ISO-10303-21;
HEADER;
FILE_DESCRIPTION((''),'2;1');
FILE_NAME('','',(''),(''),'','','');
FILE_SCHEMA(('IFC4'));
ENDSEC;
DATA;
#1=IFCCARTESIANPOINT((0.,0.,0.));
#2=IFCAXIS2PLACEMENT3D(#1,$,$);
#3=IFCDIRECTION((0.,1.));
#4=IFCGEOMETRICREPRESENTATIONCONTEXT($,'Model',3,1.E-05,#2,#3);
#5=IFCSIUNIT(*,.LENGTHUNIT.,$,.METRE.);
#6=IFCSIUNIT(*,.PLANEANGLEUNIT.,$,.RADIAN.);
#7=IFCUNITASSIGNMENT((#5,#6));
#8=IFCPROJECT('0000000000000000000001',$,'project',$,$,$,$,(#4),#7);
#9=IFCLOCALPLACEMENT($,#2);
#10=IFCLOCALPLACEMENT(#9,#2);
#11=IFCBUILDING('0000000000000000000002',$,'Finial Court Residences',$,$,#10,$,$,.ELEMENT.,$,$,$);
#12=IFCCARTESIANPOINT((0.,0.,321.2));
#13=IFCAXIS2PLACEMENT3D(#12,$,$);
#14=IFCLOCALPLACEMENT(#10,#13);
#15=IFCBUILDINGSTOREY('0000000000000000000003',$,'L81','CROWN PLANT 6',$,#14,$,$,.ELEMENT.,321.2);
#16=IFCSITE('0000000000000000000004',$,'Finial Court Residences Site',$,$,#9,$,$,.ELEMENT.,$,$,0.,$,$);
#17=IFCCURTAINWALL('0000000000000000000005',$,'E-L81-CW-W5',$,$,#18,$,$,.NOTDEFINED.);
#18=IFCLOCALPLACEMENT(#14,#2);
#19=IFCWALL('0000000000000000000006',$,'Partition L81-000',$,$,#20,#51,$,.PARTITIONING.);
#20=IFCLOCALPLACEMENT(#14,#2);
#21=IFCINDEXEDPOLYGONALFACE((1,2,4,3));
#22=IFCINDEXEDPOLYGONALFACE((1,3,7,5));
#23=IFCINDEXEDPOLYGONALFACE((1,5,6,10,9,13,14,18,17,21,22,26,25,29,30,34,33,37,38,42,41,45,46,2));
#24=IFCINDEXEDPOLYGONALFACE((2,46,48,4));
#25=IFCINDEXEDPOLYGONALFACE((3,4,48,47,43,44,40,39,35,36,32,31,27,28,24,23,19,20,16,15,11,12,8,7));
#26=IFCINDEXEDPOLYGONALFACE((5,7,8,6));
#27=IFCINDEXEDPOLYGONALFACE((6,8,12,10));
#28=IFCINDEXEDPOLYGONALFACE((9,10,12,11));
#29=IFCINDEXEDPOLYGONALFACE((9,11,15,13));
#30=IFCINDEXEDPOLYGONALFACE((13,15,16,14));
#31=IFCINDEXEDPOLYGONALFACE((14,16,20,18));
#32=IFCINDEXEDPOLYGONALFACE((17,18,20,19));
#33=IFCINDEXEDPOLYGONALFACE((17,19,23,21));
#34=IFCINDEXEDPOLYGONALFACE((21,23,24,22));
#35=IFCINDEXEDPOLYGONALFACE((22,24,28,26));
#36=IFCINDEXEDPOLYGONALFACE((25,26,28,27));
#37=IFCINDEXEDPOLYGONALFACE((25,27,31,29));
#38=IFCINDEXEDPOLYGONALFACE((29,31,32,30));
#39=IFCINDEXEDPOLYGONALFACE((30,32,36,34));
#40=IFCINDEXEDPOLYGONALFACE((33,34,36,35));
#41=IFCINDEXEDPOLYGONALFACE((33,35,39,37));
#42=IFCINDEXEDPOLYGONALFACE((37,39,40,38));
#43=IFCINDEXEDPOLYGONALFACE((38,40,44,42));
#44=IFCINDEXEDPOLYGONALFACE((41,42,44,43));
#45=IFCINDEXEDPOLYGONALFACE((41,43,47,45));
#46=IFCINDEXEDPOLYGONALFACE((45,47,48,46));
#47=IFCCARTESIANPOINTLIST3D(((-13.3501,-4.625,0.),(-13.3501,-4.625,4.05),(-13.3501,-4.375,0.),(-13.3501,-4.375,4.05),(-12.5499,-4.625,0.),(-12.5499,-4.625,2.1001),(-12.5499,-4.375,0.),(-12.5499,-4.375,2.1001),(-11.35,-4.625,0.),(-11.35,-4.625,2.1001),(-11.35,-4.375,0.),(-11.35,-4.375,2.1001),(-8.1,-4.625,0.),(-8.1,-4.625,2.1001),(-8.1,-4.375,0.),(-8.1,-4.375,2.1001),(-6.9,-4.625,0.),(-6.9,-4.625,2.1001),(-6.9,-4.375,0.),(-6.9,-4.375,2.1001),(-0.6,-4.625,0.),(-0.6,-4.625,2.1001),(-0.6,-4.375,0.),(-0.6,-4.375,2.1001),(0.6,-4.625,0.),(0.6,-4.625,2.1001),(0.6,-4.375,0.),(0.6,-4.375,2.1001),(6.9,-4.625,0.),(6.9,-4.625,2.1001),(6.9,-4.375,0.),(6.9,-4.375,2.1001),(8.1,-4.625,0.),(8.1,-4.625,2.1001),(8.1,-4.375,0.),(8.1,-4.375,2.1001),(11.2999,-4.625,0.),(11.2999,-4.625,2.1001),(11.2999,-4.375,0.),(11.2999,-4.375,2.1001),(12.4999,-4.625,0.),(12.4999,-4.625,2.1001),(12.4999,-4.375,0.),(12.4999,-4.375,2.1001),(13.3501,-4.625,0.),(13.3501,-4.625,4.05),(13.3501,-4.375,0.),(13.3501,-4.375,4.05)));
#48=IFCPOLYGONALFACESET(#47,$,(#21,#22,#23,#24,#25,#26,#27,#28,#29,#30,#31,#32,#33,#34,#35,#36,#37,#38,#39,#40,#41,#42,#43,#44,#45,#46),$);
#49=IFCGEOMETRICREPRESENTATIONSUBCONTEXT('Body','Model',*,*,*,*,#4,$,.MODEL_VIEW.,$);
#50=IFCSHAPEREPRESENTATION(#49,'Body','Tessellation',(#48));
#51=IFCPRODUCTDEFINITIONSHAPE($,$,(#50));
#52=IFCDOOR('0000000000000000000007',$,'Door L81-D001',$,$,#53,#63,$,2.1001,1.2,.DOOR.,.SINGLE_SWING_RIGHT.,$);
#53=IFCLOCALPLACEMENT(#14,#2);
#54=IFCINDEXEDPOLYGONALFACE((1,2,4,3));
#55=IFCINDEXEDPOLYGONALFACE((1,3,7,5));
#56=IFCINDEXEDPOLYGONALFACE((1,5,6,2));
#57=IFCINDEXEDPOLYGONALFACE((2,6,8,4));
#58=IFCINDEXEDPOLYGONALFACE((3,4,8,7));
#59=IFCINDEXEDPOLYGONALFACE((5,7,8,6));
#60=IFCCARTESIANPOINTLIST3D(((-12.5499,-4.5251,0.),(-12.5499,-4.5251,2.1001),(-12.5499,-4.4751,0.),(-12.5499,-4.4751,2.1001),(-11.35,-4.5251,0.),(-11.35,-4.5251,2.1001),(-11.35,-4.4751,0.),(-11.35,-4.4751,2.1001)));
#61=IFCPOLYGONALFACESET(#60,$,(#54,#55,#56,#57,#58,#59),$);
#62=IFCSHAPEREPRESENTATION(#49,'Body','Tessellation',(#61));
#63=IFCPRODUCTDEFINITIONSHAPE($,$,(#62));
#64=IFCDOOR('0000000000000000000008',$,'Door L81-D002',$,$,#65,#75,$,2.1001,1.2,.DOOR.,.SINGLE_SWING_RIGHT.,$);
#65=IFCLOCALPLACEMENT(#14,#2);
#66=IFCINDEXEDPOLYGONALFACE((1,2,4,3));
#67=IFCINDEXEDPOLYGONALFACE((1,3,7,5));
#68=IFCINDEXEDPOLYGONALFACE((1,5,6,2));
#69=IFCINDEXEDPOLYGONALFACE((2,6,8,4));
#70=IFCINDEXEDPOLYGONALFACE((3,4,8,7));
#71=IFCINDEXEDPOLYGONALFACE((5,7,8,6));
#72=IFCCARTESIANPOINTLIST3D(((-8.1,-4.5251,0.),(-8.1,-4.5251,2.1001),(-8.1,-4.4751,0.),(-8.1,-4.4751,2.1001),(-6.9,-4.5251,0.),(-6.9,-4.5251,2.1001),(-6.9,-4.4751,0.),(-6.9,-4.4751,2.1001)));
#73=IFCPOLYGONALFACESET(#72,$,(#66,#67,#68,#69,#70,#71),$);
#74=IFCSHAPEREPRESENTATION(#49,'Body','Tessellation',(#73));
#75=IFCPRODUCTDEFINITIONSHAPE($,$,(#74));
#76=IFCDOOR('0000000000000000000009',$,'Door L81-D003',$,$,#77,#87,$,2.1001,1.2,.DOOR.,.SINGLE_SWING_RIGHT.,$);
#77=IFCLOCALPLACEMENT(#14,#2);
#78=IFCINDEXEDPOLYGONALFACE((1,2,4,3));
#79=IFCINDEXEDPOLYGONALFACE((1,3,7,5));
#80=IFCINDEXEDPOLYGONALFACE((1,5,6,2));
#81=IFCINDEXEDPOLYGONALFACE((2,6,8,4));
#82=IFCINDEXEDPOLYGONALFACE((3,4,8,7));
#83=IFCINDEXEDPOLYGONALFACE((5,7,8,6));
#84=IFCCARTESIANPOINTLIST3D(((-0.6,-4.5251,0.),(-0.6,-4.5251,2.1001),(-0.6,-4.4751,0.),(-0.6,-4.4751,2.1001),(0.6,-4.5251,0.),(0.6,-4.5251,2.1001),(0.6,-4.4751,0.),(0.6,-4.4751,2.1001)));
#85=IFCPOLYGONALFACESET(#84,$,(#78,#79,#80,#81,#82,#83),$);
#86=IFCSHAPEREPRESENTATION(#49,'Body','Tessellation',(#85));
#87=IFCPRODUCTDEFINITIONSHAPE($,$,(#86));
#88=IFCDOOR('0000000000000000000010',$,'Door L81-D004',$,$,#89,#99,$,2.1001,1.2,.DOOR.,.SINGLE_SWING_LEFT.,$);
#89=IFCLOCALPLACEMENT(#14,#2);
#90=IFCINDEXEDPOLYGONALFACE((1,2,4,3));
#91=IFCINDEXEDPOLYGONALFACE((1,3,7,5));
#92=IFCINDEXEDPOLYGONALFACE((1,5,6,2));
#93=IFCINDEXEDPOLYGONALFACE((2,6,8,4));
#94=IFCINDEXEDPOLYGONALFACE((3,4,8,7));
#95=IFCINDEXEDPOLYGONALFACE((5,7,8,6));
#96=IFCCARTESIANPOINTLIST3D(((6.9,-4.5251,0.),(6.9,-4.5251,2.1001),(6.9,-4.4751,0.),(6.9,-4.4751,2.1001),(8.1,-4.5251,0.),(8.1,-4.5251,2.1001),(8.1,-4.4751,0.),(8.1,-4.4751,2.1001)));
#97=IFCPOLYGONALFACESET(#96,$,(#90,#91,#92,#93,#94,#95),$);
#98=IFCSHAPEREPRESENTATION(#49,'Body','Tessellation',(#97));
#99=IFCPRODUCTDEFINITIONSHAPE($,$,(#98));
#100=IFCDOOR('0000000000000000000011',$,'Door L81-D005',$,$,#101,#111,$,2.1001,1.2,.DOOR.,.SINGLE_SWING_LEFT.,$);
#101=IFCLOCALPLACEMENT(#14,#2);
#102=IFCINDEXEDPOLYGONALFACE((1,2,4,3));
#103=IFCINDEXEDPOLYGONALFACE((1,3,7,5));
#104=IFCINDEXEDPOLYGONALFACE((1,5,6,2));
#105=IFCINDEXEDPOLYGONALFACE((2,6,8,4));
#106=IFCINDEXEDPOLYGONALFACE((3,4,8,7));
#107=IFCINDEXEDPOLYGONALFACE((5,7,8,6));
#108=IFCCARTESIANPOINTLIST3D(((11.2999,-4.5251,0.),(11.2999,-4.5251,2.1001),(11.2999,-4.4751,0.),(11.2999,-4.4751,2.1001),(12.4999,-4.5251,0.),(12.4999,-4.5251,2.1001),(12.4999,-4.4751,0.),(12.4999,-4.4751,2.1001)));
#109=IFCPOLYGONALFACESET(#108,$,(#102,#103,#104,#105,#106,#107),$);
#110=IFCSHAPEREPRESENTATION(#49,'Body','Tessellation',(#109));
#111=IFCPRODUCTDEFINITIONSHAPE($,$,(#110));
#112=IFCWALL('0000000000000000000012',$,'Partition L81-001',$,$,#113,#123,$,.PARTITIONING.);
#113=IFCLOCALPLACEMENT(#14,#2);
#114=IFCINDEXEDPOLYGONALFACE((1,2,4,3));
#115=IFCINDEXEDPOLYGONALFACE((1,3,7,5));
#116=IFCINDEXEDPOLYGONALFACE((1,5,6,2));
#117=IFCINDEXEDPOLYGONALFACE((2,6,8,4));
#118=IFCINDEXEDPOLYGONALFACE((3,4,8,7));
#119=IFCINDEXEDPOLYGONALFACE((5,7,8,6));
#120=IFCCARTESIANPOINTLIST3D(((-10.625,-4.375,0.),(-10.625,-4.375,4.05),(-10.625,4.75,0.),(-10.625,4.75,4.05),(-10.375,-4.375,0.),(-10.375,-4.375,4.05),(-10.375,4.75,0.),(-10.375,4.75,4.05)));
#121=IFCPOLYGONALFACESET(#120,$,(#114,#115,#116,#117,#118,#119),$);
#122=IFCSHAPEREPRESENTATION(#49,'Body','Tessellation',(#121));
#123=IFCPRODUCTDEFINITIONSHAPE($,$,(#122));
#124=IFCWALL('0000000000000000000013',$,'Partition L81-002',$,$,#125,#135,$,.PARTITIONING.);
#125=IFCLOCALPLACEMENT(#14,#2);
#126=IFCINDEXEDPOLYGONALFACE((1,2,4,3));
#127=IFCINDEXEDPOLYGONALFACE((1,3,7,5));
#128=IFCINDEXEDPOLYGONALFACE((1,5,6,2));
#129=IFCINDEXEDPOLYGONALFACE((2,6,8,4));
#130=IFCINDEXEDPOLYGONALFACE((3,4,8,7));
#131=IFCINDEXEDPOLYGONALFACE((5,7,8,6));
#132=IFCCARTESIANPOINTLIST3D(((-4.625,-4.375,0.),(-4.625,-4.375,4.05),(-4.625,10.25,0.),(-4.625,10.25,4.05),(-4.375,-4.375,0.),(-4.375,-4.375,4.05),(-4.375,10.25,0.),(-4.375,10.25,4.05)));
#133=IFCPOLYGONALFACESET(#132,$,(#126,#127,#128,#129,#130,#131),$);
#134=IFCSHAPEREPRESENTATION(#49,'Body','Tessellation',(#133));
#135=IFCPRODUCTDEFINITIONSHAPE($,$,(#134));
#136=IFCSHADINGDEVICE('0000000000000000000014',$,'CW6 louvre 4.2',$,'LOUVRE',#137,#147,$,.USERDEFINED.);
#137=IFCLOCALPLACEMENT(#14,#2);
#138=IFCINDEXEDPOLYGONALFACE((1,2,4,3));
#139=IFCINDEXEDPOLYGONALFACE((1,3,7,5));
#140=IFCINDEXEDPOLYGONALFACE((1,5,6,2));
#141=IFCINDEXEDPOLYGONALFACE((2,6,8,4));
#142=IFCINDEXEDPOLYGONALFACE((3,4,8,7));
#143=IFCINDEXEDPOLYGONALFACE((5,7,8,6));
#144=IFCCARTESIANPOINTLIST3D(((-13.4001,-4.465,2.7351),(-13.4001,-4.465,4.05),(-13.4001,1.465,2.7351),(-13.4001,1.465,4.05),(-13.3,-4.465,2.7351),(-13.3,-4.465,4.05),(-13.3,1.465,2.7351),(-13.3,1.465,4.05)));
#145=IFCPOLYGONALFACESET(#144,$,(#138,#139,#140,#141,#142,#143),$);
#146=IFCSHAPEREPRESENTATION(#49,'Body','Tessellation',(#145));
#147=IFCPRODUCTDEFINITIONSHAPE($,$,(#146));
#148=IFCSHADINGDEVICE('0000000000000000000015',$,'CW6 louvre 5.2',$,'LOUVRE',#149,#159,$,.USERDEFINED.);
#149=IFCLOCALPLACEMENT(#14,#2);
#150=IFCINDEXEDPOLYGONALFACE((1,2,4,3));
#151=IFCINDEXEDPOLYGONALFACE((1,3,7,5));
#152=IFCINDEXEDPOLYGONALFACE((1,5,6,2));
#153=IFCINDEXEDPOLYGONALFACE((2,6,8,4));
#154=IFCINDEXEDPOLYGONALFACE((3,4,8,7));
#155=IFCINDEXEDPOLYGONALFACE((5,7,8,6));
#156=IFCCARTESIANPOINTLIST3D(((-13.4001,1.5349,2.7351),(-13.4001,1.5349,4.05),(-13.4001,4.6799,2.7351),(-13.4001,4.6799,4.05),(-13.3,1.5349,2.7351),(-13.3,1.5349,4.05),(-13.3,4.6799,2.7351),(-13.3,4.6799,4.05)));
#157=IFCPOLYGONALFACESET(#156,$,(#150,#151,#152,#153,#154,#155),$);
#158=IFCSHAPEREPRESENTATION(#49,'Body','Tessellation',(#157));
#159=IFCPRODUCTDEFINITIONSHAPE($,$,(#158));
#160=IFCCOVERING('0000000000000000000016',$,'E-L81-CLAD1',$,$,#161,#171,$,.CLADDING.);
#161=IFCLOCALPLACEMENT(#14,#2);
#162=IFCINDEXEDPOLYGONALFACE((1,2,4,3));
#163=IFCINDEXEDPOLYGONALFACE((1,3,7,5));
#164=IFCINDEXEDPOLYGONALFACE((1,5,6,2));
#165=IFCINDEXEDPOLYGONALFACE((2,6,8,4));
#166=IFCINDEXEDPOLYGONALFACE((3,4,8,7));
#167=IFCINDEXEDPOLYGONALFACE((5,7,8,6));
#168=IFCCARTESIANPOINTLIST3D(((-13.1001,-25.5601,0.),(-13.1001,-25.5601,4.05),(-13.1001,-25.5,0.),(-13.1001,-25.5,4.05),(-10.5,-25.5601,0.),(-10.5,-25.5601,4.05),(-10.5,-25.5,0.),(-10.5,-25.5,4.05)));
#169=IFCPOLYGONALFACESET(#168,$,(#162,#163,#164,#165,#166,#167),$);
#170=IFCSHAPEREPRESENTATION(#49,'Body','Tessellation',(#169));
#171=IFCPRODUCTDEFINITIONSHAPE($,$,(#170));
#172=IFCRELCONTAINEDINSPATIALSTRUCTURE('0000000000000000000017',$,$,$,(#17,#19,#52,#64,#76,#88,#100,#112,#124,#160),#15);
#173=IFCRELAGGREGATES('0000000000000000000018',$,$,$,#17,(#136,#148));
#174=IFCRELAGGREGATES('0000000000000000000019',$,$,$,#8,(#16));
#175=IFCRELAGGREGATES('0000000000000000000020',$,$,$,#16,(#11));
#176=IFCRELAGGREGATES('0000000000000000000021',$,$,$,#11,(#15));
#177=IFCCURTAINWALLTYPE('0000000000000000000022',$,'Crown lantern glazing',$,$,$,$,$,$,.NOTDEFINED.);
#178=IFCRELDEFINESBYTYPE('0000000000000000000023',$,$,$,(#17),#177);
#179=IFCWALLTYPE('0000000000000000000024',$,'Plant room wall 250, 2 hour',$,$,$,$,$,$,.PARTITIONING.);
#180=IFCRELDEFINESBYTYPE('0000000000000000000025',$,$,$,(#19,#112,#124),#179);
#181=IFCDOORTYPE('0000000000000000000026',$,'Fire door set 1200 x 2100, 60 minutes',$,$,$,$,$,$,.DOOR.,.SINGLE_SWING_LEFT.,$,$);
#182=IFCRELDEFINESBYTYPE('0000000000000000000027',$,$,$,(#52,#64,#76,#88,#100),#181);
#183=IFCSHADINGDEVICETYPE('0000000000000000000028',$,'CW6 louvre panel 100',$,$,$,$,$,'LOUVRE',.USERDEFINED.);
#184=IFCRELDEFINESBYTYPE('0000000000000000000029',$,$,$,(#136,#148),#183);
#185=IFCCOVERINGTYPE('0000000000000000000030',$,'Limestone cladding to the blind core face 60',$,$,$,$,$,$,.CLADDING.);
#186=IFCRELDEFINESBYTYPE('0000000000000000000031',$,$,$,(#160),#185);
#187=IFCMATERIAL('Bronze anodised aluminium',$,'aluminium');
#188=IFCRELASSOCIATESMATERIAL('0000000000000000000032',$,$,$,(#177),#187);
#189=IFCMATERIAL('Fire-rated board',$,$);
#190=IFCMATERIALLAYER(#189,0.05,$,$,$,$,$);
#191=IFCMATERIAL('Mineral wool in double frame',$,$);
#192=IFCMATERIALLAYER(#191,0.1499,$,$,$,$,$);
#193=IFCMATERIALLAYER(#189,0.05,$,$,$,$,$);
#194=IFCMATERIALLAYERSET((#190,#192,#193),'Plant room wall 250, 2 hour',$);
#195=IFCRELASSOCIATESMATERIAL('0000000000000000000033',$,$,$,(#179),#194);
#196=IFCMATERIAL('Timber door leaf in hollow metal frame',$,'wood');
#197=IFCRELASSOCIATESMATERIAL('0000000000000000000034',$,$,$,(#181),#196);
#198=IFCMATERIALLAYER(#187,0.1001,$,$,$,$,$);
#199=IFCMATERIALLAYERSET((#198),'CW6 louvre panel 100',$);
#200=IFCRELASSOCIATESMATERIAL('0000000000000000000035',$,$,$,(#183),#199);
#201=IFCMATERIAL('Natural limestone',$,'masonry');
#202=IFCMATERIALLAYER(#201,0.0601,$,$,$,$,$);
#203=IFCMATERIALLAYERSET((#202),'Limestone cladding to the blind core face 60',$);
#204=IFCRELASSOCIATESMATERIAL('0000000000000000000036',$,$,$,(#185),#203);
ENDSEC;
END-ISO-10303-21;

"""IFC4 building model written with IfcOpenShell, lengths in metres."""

from ifc_helpers import new_model, si_unit, direction, frame, frame_2d, origin, origin_2d, place, context, subcontext, project, spatial, polyline, rectangle, outline, extrude, material, layer, layer_set, type_object, element, fill, aggregate, save


model = new_model("IFC4")

# Units and contexts
model_context = context("Model", 3, precision=1e-05, world=origin(), true_north=direction((0.0, 1.0)))
body_context = subcontext(model_context, "Body", "Model", "MODEL_VIEW")
ifc_project = project(units=[si_unit("LENGTHUNIT", "METRE"), si_unit("PLANEANGLEUNIT", "RADIAN")], contexts=[model_context])

# Site, building, storey
site_placement = place(None, origin())
site = spatial("IfcSite", under=ifc_project, at=site_placement, Name="Finial Court Residences Site", CompositionType="ELEMENT", RefElevation=0.0)
building_placement = place(site_placement, origin())
building = spatial("IfcBuilding", under=site, at=building_placement, Name="Finial Court Residences", CompositionType="ELEMENT")
storey_placement = place(building_placement, frame((0.0, 0.0, 321.2)))
storey = spatial("IfcBuildingStorey", under=building, at=storey_placement, Name="L81", Description="CROWN PLANT 6", CompositionType="ELEMENT", Elevation=321.2)

# Curtain wall
ifc_material_1 = material(Name="Bronze anodised aluminium", Category="aluminium")
curtain_wall_type = type_object("IfcCurtainWallType", Name="Crown lantern glazing", PredefinedType="NOTDEFINED", material=ifc_material_1)
curtain_wall_placement = place(storey_placement, origin())
curtain_wall = element("IfcCurtainWall", 1, at=curtain_wall_placement, inside=storey, type_object=curtain_wall_type, Name="E-L81-CW-W5", PredefinedType="NOTDEFINED")

# Wall, openings, doors
ifc_material_2 = material(Name="Fire-rated board")
ifc_layer_1 = layer(ifc_material_2, 0.05)
ifc_material_3 = material(Name="Mineral wool in double frame")
ifc_layer_2 = layer(ifc_material_3, 0.1499)
ifc_layer_3 = layer(ifc_material_2, 0.05)
ifc_layer_set_1 = layer_set([ifc_layer_1, ifc_layer_2, ifc_layer_3], Name="Plant room wall 250, 2 hour")
wall_type = type_object("IfcWallType", Name="Plant room wall 250, 2 hour", PredefinedType="PARTITIONING", material=ifc_layer_set_1)
wall_1_placement = place(storey_placement, frame((-13.3501, -4.5, 0.0), z_axis=(0.0, 0.0, 1.0), x_axis=(1.0, 0.0, 0.0)))
wall_1 = element("IfcWall", 2, at=wall_1_placement, inside=storey, type_object=wall_type, Name="Partition L81-000", PredefinedType="PARTITIONING", context=body_context, shape_type="SweptSolid", body=[
    extrude(rectangle(XDim=26.7002, YDim=0.25, at=frame_2d((13.3501, 0.0))), origin(), (0.0, 0.0, 1.0), 4.05),
])
opening_1_placement = place(wall_1_placement, frame((0.8, 0.0, 0.0)))
opening_1 = element("IfcOpeningElement", 3, at=opening_1_placement, cuts=wall_1, PredefinedType="OPENING", context=body_context, shape_type="SweptSolid", body=[
    extrude(rectangle(XDim=1.2, YDim=2.1001, at=frame_2d((0.6001, 1.05))), frame((0.0, 0.135, 0.0), z_axis=(0.0, -1.0, 0.0), x_axis=(1.0, 0.0, 0.0)), (0.0, 0.0, 1.0), 0.27),
])
opening_2_placement = place(wall_1_placement, frame((5.25, 0.0, 0.0)))
opening_2 = element("IfcOpeningElement", 4, at=opening_2_placement, cuts=wall_1, PredefinedType="OPENING", context=body_context, shape_type="SweptSolid", body=[
    extrude(rectangle(XDim=1.2, YDim=2.1001, at=frame_2d((0.6001, 1.05))), frame((0.0, 0.135, 0.0), z_axis=(0.0, -1.0, 0.0), x_axis=(1.0, 0.0, 0.0)), (0.0, 0.0, 1.0), 0.27),
])
opening_3_placement = place(wall_1_placement, frame((12.75, 0.0, 0.0)))
opening_3 = element("IfcOpeningElement", 5, at=opening_3_placement, cuts=wall_1, PredefinedType="OPENING", context=body_context, shape_type="SweptSolid", body=[
    extrude(rectangle(XDim=1.2, YDim=2.1001, at=frame_2d((0.6001, 1.05))), frame((0.0, 0.135, 0.0), z_axis=(0.0, -1.0, 0.0), x_axis=(1.0, 0.0, 0.0)), (0.0, 0.0, 1.0), 0.27),
])
opening_4_placement = place(wall_1_placement, frame((20.25, 0.0, 0.0)))
opening_4 = element("IfcOpeningElement", 6, at=opening_4_placement, cuts=wall_1, PredefinedType="OPENING", context=body_context, shape_type="SweptSolid", body=[
    extrude(rectangle(XDim=1.2, YDim=2.1001, at=frame_2d((0.6001, 1.05))), frame((0.0, 0.135, 0.0), z_axis=(0.0, -1.0, 0.0), x_axis=(1.0, 0.0, 0.0)), (0.0, 0.0, 1.0), 0.27),
])
opening_5_placement = place(wall_1_placement, frame((24.6499, 0.0, 0.0)))
opening_5 = element("IfcOpeningElement", 7, at=opening_5_placement, cuts=wall_1, PredefinedType="OPENING", context=body_context, shape_type="SweptSolid", body=[
    extrude(rectangle(XDim=1.2, YDim=2.1001, at=frame_2d((0.6001, 1.05))), frame((0.0, 0.135, 0.0), z_axis=(0.0, -1.0, 0.0), x_axis=(1.0, 0.0, 0.0)), (0.0, 0.0, 1.0), 0.27),
])
ifc_material_4 = material(Name="Timber door leaf in hollow metal frame", Category="wood")
door_type = type_object("IfcDoorType", Name="Fire door set 1200 x 2100, 60 minutes", OperationType="SINGLE_SWING_LEFT", PredefinedType="DOOR", material=ifc_material_4)
door_1_placement = place(opening_1_placement, origin())
door_1 = element("IfcDoor", 8, at=door_1_placement, inside=storey, type_object=door_type, Name="Door L81-D001", OperationType="SINGLE_SWING_RIGHT", OverallHeight=2.1001, OverallWidth=1.2, PredefinedType="DOOR", context=body_context, shape_type="SweptSolid", body=[
    extrude(rectangle(XDim=1.2, YDim=2.1001, at=frame_2d((0.6001, 1.05))), frame((0.0, 0.0249, 0.0), z_axis=(0.0, -1.0, 0.0), x_axis=(1.0, 0.0, 0.0)), (0.0, 0.0, 1.0), 0.05),
])
fill(opening_1, door_1)
door_2_placement = place(opening_2_placement, origin())
door_2 = element("IfcDoor", 9, at=door_2_placement, inside=storey, type_object=door_type, Name="Door L81-D002", OperationType="SINGLE_SWING_RIGHT", OverallHeight=2.1001, OverallWidth=1.2, PredefinedType="DOOR", context=body_context, shape_type="SweptSolid", body=[
    extrude(rectangle(XDim=1.2, YDim=2.1001, at=frame_2d((0.6001, 1.05))), frame((0.0, 0.0249, 0.0), z_axis=(0.0, -1.0, 0.0), x_axis=(1.0, 0.0, 0.0)), (0.0, 0.0, 1.0), 0.05),
])
fill(opening_2, door_2)
door_3_placement = place(opening_3_placement, origin())
door_3 = element("IfcDoor", 10, at=door_3_placement, inside=storey, type_object=door_type, Name="Door L81-D003", OperationType="SINGLE_SWING_RIGHT", OverallHeight=2.1001, OverallWidth=1.2, PredefinedType="DOOR", context=body_context, shape_type="SweptSolid", body=[
    extrude(rectangle(XDim=1.2, YDim=2.1001, at=frame_2d((0.6001, 1.05))), frame((0.0, 0.0249, 0.0), z_axis=(0.0, -1.0, 0.0), x_axis=(1.0, 0.0, 0.0)), (0.0, 0.0, 1.0), 0.05),
])
fill(opening_3, door_3)
door_4_placement = place(opening_4_placement, origin())
door_4 = element("IfcDoor", 11, at=door_4_placement, inside=storey, type_object=door_type, Name="Door L81-D004", OperationType="SINGLE_SWING_LEFT", OverallHeight=2.1001, OverallWidth=1.2, PredefinedType="DOOR", context=body_context, shape_type="SweptSolid", body=[
    extrude(rectangle(XDim=1.2, YDim=2.1001, at=frame_2d((0.6001, 1.05))), frame((0.0, 0.0249, 0.0), z_axis=(0.0, -1.0, 0.0), x_axis=(1.0, 0.0, 0.0)), (0.0, 0.0, 1.0), 0.05),
])
fill(opening_4, door_4)
door_5_placement = place(opening_5_placement, origin())
door_5 = element("IfcDoor", 12, at=door_5_placement, inside=storey, type_object=door_type, Name="Door L81-D005", OperationType="SINGLE_SWING_LEFT", OverallHeight=2.1001, OverallWidth=1.2, PredefinedType="DOOR", context=body_context, shape_type="SweptSolid", body=[
    extrude(rectangle(XDim=1.2, YDim=2.1001, at=frame_2d((0.6001, 1.05))), frame((0.0, 0.0249, 0.0), z_axis=(0.0, -1.0, 0.0), x_axis=(1.0, 0.0, 0.0)), (0.0, 0.0, 1.0), 0.05),
])
fill(opening_5, door_5)

# Walls
wall_2_placement = place(storey_placement, frame((-10.5, -4.375, 0.0), z_axis=(0.0, 0.0, 1.0), x_axis=(0.0, 1.0, 0.0)))
element("IfcWall", 13, at=wall_2_placement, inside=storey, type_object=wall_type, Name="Partition L81-001", PredefinedType="PARTITIONING", context=body_context, shape_type="SweptSolid", body=[
    extrude(rectangle(XDim=9.125, YDim=0.25, at=frame_2d((4.5625, 0.0))), origin(), (0.0, 0.0, 1.0), 4.05),
])
wall_3_placement = place(storey_placement, frame((-4.5, -4.375, 0.0), z_axis=(0.0, 0.0, 1.0), x_axis=(0.0, 1.0, 0.0)))
element("IfcWall", 14, at=wall_3_placement, inside=storey, type_object=wall_type, Name="Partition L81-002", PredefinedType="PARTITIONING", context=body_context, shape_type="SweptSolid", body=[
    extrude(rectangle(XDim=14.625, YDim=0.25, at=frame_2d((7.3125, 0.0))), origin(), (0.0, 0.0, 1.0), 4.05),
])

# Shading devices
ifc_layer_4 = layer(ifc_material_1, 0.1001)
ifc_layer_set_2 = layer_set([ifc_layer_4], Name="CW6 louvre panel 100")
shading_device_type = type_object("IfcShadingDeviceType", Name="CW6 louvre panel 100", ElementType="LOUVRE", PredefinedType="USERDEFINED", material=ifc_layer_set_2)
shading_device_1_placement = place(storey_placement, frame((-13.3501, -1.5, 2.7351), z_axis=(0.0, 0.0, 1.0), x_axis=(0.0, 1.0, 0.0)))
shading_device_1 = element("IfcShadingDevice", 15, at=shading_device_1_placement, type_object=shading_device_type, Name="CW6 louvre 4.2", ObjectType="LOUVRE", PredefinedType="USERDEFINED", context=body_context, shape_type="SweptSolid", body=[
    extrude(rectangle(XDim=5.9299, YDim=0.1001, at=origin_2d()), origin(), (0.0, 0.0, 1.0), 1.3149),
])
shading_device_2_placement = place(storey_placement, frame((-13.3501, 3.1074, 2.7351), z_axis=(0.0, 0.0, 1.0), x_axis=(0.0, 1.0, 0.0)))
shading_device_2 = element("IfcShadingDevice", 16, at=shading_device_2_placement, type_object=shading_device_type, Name="CW6 louvre 5.2", ObjectType="LOUVRE", PredefinedType="USERDEFINED", context=body_context, shape_type="SweptSolid", body=[
    extrude(rectangle(XDim=3.145, YDim=0.1001, at=origin_2d()), origin(), (0.0, 0.0, 1.0), 1.3149),
])
aggregate(curtain_wall, [shading_device_1, shading_device_2])

# Covering
ifc_material_5 = material(Name="Natural limestone", Category="masonry")
ifc_layer_5 = layer(ifc_material_5, 0.0601)
ifc_layer_set_3 = layer_set([ifc_layer_5], Name="Limestone cladding to the blind core face 60")
covering_type = type_object("IfcCoveringType", Name="Limestone cladding to the blind core face 60", PredefinedType="CLADDING", material=ifc_layer_set_3)
covering_1_placement = place(storey_placement, origin())
element("IfcCovering", 17, at=covering_1_placement, inside=storey, type_object=covering_type, Name="E-L81-CLAD1", PredefinedType="CLADDING", context=body_context, shape_type="SweptSolid", body=[
    extrude(outline(polyline([(-10.5, -25.5601), (-10.5, -25.5), (-13.1001, -25.5), (-13.1001, -25.5601), (-10.5, -25.5601)])), origin(), (0.0, 0.0, 1.0), 4.05),
])

save(model, "model.ifc")
